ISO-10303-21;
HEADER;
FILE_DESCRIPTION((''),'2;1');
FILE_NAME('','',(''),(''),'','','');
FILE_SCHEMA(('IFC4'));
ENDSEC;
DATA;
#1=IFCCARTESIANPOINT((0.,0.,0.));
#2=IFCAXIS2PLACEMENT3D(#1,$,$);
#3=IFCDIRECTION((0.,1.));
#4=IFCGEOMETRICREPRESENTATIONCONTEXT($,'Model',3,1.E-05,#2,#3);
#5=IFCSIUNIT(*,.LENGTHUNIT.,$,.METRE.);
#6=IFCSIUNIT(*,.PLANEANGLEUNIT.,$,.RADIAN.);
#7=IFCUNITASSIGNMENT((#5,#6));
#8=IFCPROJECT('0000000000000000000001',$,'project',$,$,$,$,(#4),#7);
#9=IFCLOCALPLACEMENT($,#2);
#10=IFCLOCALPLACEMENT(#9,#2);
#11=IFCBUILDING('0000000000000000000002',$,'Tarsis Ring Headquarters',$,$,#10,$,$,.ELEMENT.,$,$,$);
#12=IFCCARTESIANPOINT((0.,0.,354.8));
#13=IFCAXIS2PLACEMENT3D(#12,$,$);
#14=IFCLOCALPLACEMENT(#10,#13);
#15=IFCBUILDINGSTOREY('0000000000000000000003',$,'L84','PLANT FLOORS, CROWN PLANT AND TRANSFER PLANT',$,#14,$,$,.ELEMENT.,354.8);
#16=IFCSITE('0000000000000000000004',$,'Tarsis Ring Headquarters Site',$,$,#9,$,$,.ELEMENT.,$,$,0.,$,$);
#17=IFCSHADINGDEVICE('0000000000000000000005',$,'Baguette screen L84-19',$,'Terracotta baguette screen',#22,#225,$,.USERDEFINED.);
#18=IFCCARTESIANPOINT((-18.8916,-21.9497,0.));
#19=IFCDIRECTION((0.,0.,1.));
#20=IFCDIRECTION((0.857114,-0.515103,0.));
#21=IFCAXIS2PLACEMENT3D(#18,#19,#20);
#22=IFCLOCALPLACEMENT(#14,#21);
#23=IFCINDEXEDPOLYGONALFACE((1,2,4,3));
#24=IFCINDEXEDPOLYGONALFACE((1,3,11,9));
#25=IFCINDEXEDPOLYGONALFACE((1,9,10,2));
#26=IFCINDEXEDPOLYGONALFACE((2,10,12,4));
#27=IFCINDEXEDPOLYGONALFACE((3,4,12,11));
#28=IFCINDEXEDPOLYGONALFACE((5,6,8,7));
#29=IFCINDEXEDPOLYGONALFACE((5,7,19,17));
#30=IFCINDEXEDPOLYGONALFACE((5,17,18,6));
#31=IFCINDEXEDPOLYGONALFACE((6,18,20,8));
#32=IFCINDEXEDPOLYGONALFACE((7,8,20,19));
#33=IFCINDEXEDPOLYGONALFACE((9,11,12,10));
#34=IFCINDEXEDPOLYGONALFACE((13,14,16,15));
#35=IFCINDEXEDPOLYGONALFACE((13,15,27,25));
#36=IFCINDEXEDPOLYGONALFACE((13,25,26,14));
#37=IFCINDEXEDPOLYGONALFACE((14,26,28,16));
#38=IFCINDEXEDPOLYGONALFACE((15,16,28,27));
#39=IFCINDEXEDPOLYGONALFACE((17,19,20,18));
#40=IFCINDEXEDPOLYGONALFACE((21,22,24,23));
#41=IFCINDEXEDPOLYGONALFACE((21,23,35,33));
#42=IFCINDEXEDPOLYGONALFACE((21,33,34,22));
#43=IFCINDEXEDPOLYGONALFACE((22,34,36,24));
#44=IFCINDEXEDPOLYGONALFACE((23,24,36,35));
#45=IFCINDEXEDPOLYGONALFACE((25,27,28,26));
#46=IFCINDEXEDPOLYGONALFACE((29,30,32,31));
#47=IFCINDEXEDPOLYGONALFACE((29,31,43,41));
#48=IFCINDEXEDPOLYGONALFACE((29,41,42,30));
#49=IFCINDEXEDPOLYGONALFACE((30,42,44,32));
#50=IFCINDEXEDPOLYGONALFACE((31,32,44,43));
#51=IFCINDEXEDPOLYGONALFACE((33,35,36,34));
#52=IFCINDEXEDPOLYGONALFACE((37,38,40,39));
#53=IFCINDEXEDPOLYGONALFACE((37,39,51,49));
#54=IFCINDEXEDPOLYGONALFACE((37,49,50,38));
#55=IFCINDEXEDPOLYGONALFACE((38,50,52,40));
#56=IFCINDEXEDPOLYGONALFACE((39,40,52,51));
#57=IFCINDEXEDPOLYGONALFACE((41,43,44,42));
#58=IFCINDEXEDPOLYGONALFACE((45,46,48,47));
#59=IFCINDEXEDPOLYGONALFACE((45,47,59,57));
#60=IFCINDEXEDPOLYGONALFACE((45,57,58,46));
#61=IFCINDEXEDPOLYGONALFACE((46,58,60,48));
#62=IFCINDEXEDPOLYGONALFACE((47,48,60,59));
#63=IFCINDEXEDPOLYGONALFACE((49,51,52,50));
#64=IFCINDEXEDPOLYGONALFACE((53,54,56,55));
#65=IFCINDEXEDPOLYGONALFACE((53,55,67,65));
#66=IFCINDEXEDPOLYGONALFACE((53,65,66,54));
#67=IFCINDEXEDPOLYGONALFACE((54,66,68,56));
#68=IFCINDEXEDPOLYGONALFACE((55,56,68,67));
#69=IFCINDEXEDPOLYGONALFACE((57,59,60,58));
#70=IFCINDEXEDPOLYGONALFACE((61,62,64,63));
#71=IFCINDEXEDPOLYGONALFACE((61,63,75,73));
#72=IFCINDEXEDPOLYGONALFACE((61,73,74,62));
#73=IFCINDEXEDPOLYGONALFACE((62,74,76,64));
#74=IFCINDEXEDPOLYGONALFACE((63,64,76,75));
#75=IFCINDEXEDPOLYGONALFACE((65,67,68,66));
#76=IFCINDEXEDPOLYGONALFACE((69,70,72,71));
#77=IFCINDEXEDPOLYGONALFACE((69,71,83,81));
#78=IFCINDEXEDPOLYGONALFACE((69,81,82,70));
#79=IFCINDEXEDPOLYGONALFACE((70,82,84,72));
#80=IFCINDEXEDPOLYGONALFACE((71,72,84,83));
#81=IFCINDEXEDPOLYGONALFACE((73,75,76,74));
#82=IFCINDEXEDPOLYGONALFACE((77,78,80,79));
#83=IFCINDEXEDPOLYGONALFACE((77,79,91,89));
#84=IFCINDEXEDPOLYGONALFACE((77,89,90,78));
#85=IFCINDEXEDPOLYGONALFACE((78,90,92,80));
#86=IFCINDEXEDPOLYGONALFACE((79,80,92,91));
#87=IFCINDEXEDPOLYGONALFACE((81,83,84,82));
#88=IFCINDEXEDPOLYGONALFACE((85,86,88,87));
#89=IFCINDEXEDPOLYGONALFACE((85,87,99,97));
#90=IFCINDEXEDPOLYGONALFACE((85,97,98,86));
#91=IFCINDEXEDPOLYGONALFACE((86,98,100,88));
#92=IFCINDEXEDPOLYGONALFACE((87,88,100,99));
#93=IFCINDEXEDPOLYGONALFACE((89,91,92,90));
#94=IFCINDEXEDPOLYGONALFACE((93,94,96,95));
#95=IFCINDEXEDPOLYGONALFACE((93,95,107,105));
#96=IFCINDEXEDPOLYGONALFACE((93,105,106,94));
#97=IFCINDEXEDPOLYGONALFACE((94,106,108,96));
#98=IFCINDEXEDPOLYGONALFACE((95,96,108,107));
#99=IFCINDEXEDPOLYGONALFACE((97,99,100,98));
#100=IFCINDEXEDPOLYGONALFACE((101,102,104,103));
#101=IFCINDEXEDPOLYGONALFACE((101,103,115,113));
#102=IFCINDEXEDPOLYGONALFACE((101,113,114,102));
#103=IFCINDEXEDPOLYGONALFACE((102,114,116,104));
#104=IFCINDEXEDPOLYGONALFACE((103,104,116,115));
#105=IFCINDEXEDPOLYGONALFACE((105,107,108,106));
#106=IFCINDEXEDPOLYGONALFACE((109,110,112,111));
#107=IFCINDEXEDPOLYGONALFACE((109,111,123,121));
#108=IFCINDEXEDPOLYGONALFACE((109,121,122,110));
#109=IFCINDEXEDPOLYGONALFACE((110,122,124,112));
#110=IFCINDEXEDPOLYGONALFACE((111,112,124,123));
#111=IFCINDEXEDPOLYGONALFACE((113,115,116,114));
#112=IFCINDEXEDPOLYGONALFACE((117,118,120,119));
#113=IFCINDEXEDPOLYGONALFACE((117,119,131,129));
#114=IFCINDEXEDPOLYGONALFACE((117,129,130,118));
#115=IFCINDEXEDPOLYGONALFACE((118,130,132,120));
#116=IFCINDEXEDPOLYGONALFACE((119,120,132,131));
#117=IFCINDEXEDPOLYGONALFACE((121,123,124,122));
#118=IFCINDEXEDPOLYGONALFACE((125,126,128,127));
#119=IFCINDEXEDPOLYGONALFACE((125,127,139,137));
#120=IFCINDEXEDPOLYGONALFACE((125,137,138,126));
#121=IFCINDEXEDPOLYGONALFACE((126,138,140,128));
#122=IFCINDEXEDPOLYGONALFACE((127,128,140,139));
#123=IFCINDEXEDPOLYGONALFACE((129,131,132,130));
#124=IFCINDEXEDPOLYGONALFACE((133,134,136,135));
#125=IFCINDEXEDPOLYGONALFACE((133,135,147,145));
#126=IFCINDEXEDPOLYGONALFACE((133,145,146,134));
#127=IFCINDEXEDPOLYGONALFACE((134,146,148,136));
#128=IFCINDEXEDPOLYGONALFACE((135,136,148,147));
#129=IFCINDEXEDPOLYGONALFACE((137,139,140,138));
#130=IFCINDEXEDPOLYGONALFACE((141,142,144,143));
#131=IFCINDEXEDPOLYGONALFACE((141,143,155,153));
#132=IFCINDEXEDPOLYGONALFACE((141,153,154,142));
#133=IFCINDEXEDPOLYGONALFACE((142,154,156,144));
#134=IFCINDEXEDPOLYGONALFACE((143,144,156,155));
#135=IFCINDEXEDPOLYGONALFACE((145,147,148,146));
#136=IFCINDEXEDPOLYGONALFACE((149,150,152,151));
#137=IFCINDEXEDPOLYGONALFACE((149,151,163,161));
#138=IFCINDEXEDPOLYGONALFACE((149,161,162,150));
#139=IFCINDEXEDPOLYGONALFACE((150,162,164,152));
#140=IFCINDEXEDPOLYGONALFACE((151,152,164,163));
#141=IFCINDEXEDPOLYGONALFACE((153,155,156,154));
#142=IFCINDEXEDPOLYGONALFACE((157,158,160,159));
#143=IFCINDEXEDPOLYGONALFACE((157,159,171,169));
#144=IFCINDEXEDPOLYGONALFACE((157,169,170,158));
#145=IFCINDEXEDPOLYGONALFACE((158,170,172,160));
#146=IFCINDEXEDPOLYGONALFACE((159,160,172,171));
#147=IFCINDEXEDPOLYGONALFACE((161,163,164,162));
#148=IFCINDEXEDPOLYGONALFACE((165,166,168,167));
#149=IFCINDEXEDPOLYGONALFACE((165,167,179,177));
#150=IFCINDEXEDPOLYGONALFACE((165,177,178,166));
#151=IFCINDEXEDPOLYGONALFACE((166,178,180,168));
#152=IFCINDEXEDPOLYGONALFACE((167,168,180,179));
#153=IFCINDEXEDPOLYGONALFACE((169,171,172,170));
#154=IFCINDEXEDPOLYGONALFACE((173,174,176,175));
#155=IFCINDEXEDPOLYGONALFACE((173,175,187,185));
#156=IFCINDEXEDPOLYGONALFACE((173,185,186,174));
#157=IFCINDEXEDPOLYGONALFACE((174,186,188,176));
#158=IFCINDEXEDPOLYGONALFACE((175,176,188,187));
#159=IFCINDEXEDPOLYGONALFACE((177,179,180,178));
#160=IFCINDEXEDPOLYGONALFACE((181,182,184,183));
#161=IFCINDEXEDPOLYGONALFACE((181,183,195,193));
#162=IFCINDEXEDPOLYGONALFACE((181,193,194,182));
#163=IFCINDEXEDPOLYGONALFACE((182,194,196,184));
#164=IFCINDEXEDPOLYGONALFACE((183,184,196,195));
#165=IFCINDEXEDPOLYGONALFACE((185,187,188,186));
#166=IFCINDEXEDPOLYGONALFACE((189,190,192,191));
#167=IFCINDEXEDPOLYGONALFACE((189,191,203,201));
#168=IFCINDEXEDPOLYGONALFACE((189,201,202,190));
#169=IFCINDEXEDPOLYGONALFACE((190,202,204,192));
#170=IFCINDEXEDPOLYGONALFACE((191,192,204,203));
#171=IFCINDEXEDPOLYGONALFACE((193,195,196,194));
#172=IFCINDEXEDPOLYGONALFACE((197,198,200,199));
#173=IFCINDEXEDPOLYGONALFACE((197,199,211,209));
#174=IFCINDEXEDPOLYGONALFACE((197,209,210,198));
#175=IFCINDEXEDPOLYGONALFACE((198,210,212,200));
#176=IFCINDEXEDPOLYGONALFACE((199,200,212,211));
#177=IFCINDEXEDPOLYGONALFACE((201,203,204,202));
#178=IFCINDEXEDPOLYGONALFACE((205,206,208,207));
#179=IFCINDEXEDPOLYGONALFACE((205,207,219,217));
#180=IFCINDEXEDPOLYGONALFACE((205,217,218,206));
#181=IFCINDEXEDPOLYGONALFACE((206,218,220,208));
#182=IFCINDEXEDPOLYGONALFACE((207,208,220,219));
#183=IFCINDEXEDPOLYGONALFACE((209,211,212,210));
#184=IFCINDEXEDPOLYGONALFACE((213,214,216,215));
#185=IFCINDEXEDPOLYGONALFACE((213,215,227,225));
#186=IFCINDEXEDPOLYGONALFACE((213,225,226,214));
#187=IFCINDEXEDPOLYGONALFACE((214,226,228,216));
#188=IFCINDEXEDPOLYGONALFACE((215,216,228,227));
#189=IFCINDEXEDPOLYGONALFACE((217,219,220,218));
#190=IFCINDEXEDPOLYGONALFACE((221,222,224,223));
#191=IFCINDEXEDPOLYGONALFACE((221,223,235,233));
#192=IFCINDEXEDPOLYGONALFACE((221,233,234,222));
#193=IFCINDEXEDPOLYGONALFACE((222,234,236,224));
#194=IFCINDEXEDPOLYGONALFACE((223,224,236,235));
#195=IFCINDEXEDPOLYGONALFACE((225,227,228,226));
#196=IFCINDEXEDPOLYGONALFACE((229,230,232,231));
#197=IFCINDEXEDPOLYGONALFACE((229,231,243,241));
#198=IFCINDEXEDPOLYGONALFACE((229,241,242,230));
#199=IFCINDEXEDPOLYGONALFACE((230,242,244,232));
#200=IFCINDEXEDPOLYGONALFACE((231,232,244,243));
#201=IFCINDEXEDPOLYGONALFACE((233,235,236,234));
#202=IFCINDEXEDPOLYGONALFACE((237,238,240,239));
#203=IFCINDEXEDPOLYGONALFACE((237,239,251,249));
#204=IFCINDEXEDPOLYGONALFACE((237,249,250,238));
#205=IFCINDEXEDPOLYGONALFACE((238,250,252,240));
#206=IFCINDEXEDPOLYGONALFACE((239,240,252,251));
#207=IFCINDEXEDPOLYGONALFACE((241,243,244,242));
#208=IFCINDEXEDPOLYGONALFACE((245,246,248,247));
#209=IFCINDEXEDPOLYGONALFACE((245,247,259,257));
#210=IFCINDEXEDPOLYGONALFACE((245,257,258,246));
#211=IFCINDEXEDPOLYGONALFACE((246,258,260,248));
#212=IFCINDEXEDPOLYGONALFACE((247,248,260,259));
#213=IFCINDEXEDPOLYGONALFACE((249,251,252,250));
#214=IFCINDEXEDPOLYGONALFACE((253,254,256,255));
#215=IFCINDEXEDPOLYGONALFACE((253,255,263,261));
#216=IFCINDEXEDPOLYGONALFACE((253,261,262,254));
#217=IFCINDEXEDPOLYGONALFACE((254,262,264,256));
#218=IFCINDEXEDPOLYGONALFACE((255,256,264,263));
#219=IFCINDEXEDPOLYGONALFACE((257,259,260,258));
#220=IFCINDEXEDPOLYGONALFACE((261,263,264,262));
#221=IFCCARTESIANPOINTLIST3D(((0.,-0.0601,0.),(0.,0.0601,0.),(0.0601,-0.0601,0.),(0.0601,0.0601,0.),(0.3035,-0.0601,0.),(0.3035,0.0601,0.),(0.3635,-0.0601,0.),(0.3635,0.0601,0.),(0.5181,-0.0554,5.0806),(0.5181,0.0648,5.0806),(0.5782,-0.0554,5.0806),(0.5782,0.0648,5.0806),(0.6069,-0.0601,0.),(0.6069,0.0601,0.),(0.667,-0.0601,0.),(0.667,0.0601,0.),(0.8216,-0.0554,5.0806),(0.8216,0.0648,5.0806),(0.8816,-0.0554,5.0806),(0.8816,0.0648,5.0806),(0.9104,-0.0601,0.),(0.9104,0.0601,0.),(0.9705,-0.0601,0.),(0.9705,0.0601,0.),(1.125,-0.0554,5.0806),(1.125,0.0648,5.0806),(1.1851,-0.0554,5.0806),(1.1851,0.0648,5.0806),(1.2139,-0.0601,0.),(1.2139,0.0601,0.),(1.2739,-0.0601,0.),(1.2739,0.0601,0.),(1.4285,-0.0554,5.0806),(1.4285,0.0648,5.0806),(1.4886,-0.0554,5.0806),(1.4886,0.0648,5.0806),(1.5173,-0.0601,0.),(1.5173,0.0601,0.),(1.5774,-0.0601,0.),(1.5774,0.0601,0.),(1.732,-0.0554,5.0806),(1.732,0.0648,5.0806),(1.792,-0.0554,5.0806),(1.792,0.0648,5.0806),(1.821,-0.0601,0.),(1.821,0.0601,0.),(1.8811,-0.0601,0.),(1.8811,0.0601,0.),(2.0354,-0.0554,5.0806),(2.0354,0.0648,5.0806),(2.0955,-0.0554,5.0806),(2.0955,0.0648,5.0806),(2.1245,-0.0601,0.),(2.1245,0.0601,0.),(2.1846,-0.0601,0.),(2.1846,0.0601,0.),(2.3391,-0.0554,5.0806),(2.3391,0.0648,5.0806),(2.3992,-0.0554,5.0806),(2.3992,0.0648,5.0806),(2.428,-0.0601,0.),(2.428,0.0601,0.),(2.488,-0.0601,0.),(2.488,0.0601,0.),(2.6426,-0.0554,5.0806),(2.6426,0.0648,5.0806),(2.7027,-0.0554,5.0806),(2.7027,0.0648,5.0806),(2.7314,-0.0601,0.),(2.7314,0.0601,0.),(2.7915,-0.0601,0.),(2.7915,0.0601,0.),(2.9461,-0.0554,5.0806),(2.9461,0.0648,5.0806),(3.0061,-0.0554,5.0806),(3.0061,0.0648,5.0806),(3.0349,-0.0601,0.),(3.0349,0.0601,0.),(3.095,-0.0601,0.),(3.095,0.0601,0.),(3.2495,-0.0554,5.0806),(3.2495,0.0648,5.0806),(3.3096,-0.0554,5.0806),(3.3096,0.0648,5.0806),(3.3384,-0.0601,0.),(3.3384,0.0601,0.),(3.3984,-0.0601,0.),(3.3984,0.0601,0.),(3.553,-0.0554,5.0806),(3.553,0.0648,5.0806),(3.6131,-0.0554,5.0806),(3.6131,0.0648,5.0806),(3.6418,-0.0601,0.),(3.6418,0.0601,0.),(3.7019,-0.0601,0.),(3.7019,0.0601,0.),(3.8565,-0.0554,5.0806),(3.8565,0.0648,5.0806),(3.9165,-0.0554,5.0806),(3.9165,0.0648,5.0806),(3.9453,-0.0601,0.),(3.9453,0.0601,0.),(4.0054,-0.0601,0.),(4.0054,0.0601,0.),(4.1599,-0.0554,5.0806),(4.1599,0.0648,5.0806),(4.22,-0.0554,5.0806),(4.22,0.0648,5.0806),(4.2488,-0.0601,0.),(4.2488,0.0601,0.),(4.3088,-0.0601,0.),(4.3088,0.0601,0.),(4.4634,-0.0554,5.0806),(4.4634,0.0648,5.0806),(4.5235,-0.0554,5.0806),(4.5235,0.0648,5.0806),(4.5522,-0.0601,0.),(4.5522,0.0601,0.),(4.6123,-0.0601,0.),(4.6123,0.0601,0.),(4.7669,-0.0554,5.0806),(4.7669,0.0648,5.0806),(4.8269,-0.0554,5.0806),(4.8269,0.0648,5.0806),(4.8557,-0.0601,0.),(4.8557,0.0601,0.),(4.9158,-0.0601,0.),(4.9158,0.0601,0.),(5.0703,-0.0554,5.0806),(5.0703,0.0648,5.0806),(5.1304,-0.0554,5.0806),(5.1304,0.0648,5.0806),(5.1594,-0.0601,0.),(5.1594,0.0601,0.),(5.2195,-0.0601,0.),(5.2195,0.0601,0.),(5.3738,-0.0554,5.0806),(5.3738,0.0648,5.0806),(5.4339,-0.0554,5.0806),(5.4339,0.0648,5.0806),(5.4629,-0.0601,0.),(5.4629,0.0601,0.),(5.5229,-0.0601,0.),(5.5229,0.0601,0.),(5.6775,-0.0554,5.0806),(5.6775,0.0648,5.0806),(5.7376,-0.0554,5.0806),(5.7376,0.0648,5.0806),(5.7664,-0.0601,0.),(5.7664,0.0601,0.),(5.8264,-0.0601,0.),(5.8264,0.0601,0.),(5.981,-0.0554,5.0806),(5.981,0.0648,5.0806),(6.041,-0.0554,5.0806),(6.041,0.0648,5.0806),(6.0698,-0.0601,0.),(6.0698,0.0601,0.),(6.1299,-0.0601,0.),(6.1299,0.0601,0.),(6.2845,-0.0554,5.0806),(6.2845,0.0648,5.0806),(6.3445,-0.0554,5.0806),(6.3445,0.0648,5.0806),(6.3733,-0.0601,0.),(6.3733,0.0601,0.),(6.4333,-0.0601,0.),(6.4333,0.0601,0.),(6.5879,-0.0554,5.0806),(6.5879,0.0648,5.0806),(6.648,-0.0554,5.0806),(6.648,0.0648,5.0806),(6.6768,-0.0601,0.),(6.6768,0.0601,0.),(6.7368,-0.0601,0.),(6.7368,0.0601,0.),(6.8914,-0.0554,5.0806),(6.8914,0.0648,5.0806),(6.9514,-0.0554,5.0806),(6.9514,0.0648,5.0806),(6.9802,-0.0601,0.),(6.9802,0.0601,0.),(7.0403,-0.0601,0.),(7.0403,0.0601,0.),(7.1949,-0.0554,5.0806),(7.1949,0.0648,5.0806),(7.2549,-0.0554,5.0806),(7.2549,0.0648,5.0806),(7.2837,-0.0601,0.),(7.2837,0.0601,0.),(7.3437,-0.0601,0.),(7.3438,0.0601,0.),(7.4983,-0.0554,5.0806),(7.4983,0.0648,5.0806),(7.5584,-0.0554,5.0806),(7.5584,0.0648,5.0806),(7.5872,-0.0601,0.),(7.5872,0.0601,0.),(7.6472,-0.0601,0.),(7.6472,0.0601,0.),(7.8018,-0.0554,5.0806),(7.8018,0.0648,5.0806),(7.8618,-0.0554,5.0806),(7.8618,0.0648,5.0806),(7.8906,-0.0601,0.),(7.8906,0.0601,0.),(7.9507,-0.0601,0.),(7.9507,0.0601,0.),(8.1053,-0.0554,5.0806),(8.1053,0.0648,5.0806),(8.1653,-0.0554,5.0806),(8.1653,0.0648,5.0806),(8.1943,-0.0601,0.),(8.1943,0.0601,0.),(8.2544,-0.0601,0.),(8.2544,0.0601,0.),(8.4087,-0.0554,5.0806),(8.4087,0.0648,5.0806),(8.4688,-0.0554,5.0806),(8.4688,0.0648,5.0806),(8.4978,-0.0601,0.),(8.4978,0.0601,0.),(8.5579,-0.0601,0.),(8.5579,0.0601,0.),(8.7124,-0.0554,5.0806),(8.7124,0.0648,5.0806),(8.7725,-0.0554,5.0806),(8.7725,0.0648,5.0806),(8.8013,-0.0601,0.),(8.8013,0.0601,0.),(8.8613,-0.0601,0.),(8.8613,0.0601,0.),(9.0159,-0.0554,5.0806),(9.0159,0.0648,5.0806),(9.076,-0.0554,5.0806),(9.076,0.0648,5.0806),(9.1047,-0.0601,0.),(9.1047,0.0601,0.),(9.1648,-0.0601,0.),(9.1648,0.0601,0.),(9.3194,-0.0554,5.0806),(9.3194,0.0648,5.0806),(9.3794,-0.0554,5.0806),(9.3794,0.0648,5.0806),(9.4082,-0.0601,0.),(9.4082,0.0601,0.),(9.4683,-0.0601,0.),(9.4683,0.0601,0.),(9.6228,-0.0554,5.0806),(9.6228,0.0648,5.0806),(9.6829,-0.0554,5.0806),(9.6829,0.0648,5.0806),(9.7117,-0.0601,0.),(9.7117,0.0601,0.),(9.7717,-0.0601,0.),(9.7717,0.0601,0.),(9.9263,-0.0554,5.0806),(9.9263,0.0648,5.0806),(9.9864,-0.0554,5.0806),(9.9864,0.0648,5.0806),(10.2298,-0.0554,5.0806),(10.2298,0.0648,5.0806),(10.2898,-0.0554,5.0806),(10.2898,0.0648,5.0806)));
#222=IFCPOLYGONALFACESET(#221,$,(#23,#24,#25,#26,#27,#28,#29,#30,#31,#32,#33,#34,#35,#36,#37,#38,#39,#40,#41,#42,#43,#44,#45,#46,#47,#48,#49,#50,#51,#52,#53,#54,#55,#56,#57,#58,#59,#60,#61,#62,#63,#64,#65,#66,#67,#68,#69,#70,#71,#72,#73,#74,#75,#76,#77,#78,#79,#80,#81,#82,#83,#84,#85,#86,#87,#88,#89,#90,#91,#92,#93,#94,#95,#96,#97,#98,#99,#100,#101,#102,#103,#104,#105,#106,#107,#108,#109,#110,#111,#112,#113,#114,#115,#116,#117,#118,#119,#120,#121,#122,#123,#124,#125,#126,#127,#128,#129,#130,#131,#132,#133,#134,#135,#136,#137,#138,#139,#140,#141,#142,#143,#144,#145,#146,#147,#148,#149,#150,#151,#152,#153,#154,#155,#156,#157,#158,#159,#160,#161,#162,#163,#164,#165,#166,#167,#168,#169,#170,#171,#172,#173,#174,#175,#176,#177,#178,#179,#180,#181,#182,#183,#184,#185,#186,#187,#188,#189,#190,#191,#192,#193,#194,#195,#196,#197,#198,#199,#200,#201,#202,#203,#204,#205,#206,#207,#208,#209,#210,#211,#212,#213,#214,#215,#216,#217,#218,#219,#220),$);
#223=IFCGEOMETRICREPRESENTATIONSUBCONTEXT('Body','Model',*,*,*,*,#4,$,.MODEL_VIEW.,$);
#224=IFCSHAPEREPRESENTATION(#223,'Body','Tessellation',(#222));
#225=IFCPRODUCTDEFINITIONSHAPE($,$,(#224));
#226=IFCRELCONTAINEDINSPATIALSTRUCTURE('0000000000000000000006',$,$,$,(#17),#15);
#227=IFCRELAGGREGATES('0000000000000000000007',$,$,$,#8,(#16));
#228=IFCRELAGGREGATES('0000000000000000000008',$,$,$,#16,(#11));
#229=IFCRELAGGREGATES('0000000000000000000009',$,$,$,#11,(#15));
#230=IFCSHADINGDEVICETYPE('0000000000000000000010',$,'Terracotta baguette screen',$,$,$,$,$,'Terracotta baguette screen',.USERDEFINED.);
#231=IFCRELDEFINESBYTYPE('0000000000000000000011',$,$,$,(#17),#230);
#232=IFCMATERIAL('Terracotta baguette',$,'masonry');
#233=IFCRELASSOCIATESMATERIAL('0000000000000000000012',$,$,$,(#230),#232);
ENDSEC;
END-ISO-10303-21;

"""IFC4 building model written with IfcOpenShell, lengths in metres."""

from ifc_helpers import new_model, si_unit, direction, frame, frame_2d, origin, place, context, subcontext, project, spatial, rectangle, composite_profile, extrude, material, type_object, element, save


model = new_model("IFC4")

# Units and contexts
model_context = context("Model", 3, precision=1e-05, world=origin(), true_north=direction((0.0, 1.0)))
body_context = subcontext(model_context, "Body", "Model", "MODEL_VIEW")
ifc_project = project(units=[si_unit("LENGTHUNIT", "METRE"), si_unit("PLANEANGLEUNIT", "RADIAN")], contexts=[model_context])

# Site, building, storey
site_placement = place(None, origin())
site = spatial("IfcSite", under=ifc_project, at=site_placement, Name="Tarsis Ring Headquarters Site", CompositionType="ELEMENT", RefElevation=0.0)
building_placement = place(site_placement, origin())
building = spatial("IfcBuilding", under=site, at=building_placement, Name="Tarsis Ring Headquarters", CompositionType="ELEMENT")
storey_placement = place(building_placement, frame((0.0, 0.0, 354.8)))
storey = spatial("IfcBuildingStorey", under=building, at=storey_placement, Name="L84", Description="PLANT FLOORS, CROWN PLANT AND TRANSFER PLANT", CompositionType="ELEMENT", Elevation=354.8)

# Shading device
ifc_material_1 = material(Name="Terracotta baguette", Category="masonry")
shading_device_type = type_object("IfcShadingDeviceType", Name="Terracotta baguette screen", ElementType="Terracotta baguette screen", PredefinedType="USERDEFINED", material=ifc_material_1)
shading_device_placement = place(storey_placement, frame((-18.8916, -21.9497, 0.0), z_axis=(0.0, 0.0, 1.0), x_axis=(0.857114, -0.515103, 0.0)))
element("IfcShadingDevice", 1, at=shading_device_placement, inside=storey, type_object=shading_device_type, Name="Baguette screen L84-19", ObjectType="Terracotta baguette screen", PredefinedType="USERDEFINED", context=body_context, shape_type="SweptSolid", body=[
    extrude(composite_profile([rectangle(XDim=0.0601, YDim=0.1201, at=frame_2d((0.03, 0.0))), rectangle(XDim=0.0601, YDim=0.1201, at=frame_2d((0.3335, 0.0))), rectangle(XDim=0.0601, YDim=0.1201, at=frame_2d((0.637, 0.0))), rectangle(XDim=0.0601, YDim=0.1201, at=frame_2d((0.9404, 0.0))), rectangle(XDim=0.0601, YDim=0.1201, at=frame_2d((1.2439, 0.0))), rectangle(XDim=0.0601, YDim=0.1201, at=frame_2d((1.5474, 0.0))), rectangle(XDim=0.0601, YDim=0.1201, at=frame_2d((1.8511, 0.0))), rectangle(XDim=0.0601, YDim=0.1201, at=frame_2d((2.1545, 0.0))), rectangle(XDim=0.0601, YDim=0.1201, at=frame_2d((2.458, 0.0))), rectangle(XDim=0.0601, YDim=0.1201, at=frame_2d((2.7615, 0.0))), rectangle(XDim=0.0601, YDim=0.1201, at=frame_2d((3.0649, 0.0))), rectangle(XDim=0.0601, YDim=0.1201, at=frame_2d((3.3684, 0.0))), rectangle(XDim=0.0601, YDim=0.1201, at=frame_2d((3.6719, 0.0))), rectangle(XDim=0.0601, YDim=0.1201, at=frame_2d((3.9753, 0.0))), rectangle(XDim=0.0601, YDim=0.1201, at=frame_2d((4.2788, 0.0))), rectangle(XDim=0.0601, YDim=0.1201, at=frame_2d((4.5823, 0.0))), rectangle(XDim=0.0601, YDim=0.1201, at=frame_2d((4.8857, 0.0))), rectangle(XDim=0.0601, YDim=0.1201, at=frame_2d((5.1895, 0.0))), rectangle(XDim=0.0601, YDim=0.1201, at=frame_2d((5.4929, 0.0))), rectangle(XDim=0.0601, YDim=0.1201, at=frame_2d((5.7964, 0.0))), rectangle(XDim=0.0601, YDim=0.1201, at=frame_2d((6.0999, 0.0))), rectangle(XDim=0.0601, YDim=0.1201, at=frame_2d((6.4033, 0.0))), rectangle(XDim=0.0601, YDim=0.1201, at=frame_2d((6.7068, 0.0))), rectangle(XDim=0.0601, YDim=0.1201, at=frame_2d((7.0103, 0.0))), rectangle(XDim=0.0601, YDim=0.1201, at=frame_2d((7.3137, 0.0))), rectangle(XDim=0.0601, YDim=0.1201, at=frame_2d((7.6172, 0.0))), rectangle(XDim=0.0601, YDim=0.1201, at=frame_2d((7.9207, 0.0))), rectangle(XDim=0.0601, YDim=0.1201, at=frame_2d((8.2244, 0.0))), rectangle(XDim=0.0601, YDim=0.1201, at=frame_2d((8.5278, 0.0))), rectangle(XDim=0.0601, YDim=0.1201, at=frame_2d((8.8313, 0.0))), rectangle(XDim=0.0601, YDim=0.1201, at=frame_2d((9.1348, 0.0))), rectangle(XDim=0.0601, YDim=0.1201, at=frame_2d((9.4382, 0.0))), rectangle(XDim=0.0601, YDim=0.1201, at=frame_2d((9.7417, 0.0)))]), origin(), (0.10145, 0.00092, 0.99484), 5.1069),
])

save(model, "model.ifc")
